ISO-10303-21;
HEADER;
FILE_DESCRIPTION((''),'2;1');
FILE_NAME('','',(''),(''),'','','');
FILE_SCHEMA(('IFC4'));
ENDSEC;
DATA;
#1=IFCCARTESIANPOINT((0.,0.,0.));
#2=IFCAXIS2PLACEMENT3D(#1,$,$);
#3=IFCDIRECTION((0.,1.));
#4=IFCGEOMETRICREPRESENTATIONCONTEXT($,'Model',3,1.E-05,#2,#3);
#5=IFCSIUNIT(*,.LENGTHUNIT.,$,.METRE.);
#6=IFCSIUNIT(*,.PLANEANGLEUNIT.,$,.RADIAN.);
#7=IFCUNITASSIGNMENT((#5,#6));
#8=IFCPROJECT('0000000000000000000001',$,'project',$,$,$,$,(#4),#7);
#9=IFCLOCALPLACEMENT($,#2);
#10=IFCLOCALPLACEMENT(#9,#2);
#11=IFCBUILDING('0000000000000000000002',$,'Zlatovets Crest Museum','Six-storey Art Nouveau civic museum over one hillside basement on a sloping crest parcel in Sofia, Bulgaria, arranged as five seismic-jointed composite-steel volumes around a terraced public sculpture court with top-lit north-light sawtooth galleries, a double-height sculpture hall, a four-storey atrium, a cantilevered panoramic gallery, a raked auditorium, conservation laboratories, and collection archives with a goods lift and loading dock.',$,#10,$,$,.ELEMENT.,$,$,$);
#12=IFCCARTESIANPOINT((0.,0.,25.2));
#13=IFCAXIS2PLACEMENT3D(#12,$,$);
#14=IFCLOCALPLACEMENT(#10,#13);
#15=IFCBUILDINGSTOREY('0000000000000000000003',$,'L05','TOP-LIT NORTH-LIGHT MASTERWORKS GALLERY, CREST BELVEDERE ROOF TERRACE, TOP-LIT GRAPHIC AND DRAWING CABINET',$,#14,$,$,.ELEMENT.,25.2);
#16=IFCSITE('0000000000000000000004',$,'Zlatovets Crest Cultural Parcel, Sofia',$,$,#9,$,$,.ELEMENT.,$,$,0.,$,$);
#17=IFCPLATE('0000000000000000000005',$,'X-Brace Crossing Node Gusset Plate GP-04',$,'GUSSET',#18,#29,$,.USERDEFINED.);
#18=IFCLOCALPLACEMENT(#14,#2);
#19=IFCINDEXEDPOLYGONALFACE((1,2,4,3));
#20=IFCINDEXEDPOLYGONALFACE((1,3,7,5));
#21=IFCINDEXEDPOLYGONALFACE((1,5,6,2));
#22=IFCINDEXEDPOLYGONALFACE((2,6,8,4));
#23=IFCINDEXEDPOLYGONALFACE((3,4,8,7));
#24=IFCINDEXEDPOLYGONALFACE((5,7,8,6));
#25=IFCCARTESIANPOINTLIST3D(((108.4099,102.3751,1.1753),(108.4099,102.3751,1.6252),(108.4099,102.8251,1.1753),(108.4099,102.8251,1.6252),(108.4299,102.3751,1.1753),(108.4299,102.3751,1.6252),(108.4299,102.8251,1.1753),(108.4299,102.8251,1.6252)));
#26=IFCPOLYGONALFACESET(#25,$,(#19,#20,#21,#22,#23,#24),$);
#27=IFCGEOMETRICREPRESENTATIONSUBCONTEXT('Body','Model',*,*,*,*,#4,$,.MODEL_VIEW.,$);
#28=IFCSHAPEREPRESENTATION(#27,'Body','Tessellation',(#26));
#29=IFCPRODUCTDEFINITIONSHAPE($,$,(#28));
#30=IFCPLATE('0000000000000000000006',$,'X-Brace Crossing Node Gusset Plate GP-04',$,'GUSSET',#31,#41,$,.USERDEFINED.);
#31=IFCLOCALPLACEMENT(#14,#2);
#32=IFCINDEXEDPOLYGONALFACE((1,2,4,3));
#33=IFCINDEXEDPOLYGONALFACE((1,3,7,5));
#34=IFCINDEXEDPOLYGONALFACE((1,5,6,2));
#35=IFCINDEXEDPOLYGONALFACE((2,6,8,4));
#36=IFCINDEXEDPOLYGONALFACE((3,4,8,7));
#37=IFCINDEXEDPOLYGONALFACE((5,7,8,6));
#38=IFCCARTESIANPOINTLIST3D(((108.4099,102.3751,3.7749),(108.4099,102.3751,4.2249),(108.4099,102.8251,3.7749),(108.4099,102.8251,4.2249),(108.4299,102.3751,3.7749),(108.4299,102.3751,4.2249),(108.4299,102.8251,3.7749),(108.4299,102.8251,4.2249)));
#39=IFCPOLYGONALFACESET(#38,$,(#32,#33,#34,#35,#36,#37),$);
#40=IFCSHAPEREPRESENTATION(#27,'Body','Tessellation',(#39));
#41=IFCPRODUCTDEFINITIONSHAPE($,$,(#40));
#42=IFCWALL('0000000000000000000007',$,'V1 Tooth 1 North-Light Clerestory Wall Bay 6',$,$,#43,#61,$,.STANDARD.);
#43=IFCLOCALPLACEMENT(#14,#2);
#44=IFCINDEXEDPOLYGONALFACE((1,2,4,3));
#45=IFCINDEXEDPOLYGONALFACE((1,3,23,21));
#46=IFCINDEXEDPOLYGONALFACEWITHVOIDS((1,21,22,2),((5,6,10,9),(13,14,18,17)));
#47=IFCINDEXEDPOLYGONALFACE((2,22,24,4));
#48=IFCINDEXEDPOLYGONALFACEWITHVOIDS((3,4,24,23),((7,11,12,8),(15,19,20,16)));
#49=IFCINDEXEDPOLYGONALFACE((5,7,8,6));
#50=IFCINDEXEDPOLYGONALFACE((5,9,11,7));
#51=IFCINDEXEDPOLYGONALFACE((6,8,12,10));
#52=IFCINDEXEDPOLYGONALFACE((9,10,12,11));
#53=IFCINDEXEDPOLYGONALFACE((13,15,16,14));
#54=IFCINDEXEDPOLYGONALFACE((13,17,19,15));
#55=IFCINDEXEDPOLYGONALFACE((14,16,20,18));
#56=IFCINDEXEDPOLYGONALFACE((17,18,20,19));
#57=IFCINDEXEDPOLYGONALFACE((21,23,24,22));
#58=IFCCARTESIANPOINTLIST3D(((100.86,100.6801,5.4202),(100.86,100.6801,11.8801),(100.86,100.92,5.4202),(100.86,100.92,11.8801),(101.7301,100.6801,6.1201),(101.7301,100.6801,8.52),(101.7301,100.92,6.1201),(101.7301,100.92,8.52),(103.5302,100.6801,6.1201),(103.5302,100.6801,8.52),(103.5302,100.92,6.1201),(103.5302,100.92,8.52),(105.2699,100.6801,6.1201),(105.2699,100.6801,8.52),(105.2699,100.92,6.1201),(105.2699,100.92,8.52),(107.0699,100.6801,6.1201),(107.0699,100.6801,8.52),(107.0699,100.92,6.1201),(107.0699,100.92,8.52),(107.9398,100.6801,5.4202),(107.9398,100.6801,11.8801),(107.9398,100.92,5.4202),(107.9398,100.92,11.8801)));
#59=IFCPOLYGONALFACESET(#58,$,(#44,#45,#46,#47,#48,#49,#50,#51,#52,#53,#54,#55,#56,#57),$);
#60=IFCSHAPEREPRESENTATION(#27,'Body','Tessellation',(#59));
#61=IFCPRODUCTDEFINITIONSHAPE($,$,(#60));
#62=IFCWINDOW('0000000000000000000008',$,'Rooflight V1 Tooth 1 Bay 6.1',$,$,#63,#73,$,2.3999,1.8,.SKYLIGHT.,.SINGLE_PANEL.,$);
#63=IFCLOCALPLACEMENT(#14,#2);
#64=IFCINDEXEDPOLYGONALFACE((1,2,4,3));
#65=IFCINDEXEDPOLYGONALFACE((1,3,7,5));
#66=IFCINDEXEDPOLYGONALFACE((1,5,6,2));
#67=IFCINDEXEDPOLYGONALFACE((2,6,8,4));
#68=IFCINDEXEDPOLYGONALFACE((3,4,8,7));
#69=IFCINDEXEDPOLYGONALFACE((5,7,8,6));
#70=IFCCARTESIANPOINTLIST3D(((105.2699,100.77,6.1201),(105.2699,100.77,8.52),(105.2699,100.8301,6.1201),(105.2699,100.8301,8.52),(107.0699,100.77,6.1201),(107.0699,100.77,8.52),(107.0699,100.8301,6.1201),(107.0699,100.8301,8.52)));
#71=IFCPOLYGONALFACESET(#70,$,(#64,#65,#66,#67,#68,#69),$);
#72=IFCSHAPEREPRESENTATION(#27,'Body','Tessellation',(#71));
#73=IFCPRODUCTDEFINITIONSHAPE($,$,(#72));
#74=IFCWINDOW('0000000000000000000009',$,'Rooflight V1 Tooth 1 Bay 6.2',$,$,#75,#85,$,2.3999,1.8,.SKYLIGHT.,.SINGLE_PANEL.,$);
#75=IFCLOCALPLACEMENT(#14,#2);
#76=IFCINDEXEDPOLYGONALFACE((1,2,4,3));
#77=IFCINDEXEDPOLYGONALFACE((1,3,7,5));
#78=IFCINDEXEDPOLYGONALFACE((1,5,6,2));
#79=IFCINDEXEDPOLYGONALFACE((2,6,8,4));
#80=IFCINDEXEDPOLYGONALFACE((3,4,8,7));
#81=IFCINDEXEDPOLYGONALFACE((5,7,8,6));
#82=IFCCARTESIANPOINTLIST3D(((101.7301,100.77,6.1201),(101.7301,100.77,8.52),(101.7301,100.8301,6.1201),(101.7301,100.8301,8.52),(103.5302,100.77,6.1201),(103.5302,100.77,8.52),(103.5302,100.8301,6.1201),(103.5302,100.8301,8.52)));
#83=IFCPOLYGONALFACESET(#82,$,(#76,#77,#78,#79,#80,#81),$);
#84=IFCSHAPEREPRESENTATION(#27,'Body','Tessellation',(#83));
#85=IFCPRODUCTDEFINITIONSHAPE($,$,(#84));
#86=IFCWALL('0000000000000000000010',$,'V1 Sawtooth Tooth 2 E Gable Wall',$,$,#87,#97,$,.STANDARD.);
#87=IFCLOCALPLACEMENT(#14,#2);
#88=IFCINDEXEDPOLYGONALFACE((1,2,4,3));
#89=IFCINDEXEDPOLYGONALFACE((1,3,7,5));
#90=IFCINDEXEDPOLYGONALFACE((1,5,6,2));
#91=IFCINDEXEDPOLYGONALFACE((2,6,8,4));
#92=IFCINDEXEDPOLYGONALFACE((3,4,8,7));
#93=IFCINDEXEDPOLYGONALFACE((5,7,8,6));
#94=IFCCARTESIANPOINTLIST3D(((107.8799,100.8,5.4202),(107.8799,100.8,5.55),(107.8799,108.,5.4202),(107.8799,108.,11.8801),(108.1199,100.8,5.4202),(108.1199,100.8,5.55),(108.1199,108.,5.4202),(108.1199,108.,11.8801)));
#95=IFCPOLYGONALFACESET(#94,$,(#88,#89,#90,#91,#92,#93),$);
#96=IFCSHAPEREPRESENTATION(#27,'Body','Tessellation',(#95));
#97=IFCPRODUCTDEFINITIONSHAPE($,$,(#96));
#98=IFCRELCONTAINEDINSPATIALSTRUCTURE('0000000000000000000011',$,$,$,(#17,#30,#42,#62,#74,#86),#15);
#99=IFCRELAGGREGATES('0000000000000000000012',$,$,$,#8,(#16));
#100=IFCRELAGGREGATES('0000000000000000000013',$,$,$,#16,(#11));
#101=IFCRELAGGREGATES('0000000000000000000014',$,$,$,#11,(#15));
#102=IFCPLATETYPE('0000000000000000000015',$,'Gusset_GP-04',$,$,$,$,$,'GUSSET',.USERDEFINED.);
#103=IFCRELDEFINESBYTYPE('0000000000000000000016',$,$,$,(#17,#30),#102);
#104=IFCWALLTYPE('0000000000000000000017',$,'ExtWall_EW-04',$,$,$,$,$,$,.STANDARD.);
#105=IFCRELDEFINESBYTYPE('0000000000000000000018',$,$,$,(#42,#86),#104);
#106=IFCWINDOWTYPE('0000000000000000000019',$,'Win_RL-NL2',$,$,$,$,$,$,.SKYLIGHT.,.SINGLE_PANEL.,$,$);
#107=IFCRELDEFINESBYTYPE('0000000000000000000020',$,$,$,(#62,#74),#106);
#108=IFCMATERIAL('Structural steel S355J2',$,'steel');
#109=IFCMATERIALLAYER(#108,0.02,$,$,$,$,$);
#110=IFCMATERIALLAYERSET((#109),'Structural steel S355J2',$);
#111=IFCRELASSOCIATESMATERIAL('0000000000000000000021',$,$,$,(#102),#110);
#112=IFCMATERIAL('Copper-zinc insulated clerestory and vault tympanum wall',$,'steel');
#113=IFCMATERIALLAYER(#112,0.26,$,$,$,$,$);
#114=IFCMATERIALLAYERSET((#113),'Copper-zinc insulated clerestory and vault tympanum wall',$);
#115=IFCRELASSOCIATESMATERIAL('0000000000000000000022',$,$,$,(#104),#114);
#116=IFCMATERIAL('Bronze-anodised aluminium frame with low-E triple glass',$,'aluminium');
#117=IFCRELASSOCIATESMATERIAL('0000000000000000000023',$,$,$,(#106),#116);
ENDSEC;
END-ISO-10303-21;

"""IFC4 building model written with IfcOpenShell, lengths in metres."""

from ifc_helpers import new_model, si_unit, direction, frame, frame_2d, origin, origin_2d, place, context, subcontext, project, spatial, polyline, rectangle, outline, extrude, material, layer, layer_set, type_object, element, fill, save


model = new_model("IFC4")

# Units and contexts
model_context = context("Model", 3, precision=1e-05, world=origin(), true_north=direction((0.0, 1.0)))
body_context = subcontext(model_context, "Body", "Model", "MODEL_VIEW")
ifc_project = project(units=[si_unit("LENGTHUNIT", "METRE"), si_unit("PLANEANGLEUNIT", "RADIAN")], contexts=[model_context])

# Site, building, storey
site_placement = place(None, origin())
site = spatial("IfcSite", under=ifc_project, at=site_placement, Name="Zlatovets Crest Cultural Parcel, Sofia", CompositionType="ELEMENT", RefElevation=0.0)
building_placement = place(site_placement, origin())
building = spatial("IfcBuilding", under=site, at=building_placement, Name="Zlatovets Crest Museum", Description="Six-storey Art Nouveau civic museum over one hillside basement on a sloping crest parcel in Sofia, Bulgaria, arranged as five seismic-jointed composite-steel volumes around a terraced public sculpture court with top-lit north-light sawtooth galleries, a double-height sculpture hall, a four-storey atrium, a cantilevered panoramic gallery, a raked auditorium, conservation laboratories, and collection archives with a goods lift and loading dock.", CompositionType="ELEMENT")
storey_placement = place(building_placement, frame((0.0, 0.0, 25.2)))
storey = spatial("IfcBuildingStorey", under=building, at=storey_placement, Name="L05", Description="TOP-LIT NORTH-LIGHT MASTERWORKS GALLERY, CREST BELVEDERE ROOF TERRACE, TOP-LIT GRAPHIC AND DRAWING CABINET", CompositionType="ELEMENT", Elevation=25.2)

# Shared definitions
ifc_material_1 = material(Name="Structural steel S355J2", Category="steel")

# Plates
ifc_layer_1 = layer(ifc_material_1, 0.02)
ifc_layer_set_1 = layer_set([ifc_layer_1], Name="Structural steel S355J2")
plate_type_1 = type_object("IfcPlateType", Name="Gusset_GP-04", ElementType="GUSSET", PredefinedType="USERDEFINED", material=ifc_layer_set_1)
for number, where, z_axis, x_axis, name in (
    (1, (108.4199, 102.6001, 1.1753), (0.0, 0.0, 1.0), (1.0, 0.0, 0.0), "X-Brace Crossing Node Gusset Plate GP-04"),
    (2, (108.4199, 102.6001, 3.7749), (0.0, 0.0, 1.0), (1.0, 0.0, 0.0), "X-Brace Crossing Node Gusset Plate GP-04"),
):
    element("IfcPlate", number, at=place(storey_placement, frame(where, z_axis=z_axis, x_axis=x_axis)), inside=storey, type_object=plate_type_1, Name=name, ObjectType="GUSSET", PredefinedType="USERDEFINED", context=body_context, shape_type="SweptSolid", body=[
        extrude(rectangle(XDim=0.02, YDim=0.45, at=origin_2d()), origin(), (0.0, 0.0, 1.0), 0.45),
    ])

# Wall, openings, windows
ifc_material_2 = material(Name="Copper-zinc insulated clerestory and vault tympanum wall", Category="steel")
ifc_layer_2 = layer(ifc_material_2, 0.26)
ifc_layer_set_2 = layer_set([ifc_layer_2], Name="Copper-zinc insulated clerestory and vault tympanum wall")
wall_type = type_object("IfcWallType", Name="ExtWall_EW-04", PredefinedType="STANDARD", material=ifc_layer_set_2)
wall_1_placement = place(storey_placement, frame((107.9399, 100.8, 5.4202), z_axis=(0.0, 0.0, 1.0), x_axis=(-1.0, 0.0, 0.0)))
wall_1 = element("IfcWall", 3, at=wall_1_placement, inside=storey, type_object=wall_type, Name="V1 Tooth 1 North-Light Clerestory Wall Bay 6", PredefinedType="STANDARD", context=body_context, shape_type="SweptSolid", body=[
    extrude(rectangle(XDim=7.0798, YDim=0.24, at=frame_2d((3.54, 0.0))), origin(), (0.0, 0.0, 1.0), 6.46),
])
opening_1_placement = place(wall_1_placement, frame((0.8701, 0.0, 0.7)))
opening_1 = element("IfcOpeningElement", 4, at=opening_1_placement, cuts=wall_1, PredefinedType="OPENING", context=body_context, shape_type="SweptSolid", body=[
    extrude(rectangle(XDim=1.8, YDim=2.3999, at=frame_2d((0.8999, 1.2))), frame((0.0, 0.1299, 0.0), z_axis=(0.0, -1.0, 0.0), x_axis=(1.0, 0.0, 0.0)), (0.0, 0.0, 1.0), 0.26),
])
opening_2_placement = place(wall_1_placement, frame((4.4099, 0.0, 0.7)))
opening_2 = element("IfcOpeningElement", 5, at=opening_2_placement, cuts=wall_1, PredefinedType="OPENING", context=body_context, shape_type="SweptSolid", body=[
    extrude(rectangle(XDim=1.8, YDim=2.3999, at=frame_2d((0.8999, 1.2))), frame((0.0, 0.1299, 0.0), z_axis=(0.0, -1.0, 0.0), x_axis=(1.0, 0.0, 0.0)), (0.0, 0.0, 1.0), 0.26),
])
ifc_material_3 = material(Name="Bronze-anodised aluminium frame with low-E triple glass", Category="aluminium")
window_type = type_object("IfcWindowType", Name="Win_RL-NL2", PartitioningType="SINGLE_PANEL", PredefinedType="SKYLIGHT", material=ifc_material_3)
window_1_placement = place(opening_1_placement, origin())
window_1 = element("IfcWindow", 6, at=window_1_placement, inside=storey, type_object=window_type, Name="Rooflight V1 Tooth 1 Bay 6.1", OverallHeight=2.3999, OverallWidth=1.8, PartitioningType="SINGLE_PANEL", PredefinedType="SKYLIGHT", context=body_context, shape_type="SweptSolid", body=[
    extrude(rectangle(XDim=1.8, YDim=2.3999, at=frame_2d((0.8999, 1.2))), frame((0.0, 0.03, 0.0), z_axis=(0.0, -1.0, 0.0), x_axis=(1.0, 0.0, 0.0)), (0.0, 0.0, 1.0), 0.0601),
])
fill(opening_1, window_1)
window_2_placement = place(opening_2_placement, origin())
window_2 = element("IfcWindow", 7, at=window_2_placement, inside=storey, type_object=window_type, Name="Rooflight V1 Tooth 1 Bay 6.2", OverallHeight=2.3999, OverallWidth=1.8, PartitioningType="SINGLE_PANEL", PredefinedType="SKYLIGHT", context=body_context, shape_type="SweptSolid", body=[
    extrude(rectangle(XDim=1.8, YDim=2.3999, at=frame_2d((0.8999, 1.2))), frame((0.0, 0.03, 0.0), z_axis=(0.0, -1.0, 0.0), x_axis=(1.0, 0.0, 0.0)), (0.0, 0.0, 1.0), 0.0601),
])
fill(opening_2, window_2)

# Wall
wall_2_placement = place(storey_placement, frame((108.0, 100.8, 5.4202), z_axis=(0.0, 0.0, 1.0), x_axis=(0.0, 1.0, 0.0)))
element("IfcWall", 8, at=wall_2_placement, inside=storey, type_object=wall_type, Name="V1 Sawtooth Tooth 2 E Gable Wall", PredefinedType="STANDARD", context=body_context, shape_type="SweptSolid", body=[
    extrude(outline(polyline([(0.0, 0.0), (7.2, 0.0), (7.2, 6.46), (0.0, 0.1299), (0.0, 0.0)])), frame((0.0, 0.1201, 0.0), z_axis=(0.0, -1.0, 0.0), x_axis=(1.0, 0.0, 0.0)), (0.0, 0.0, 1.0), 0.24),
])

save(model, "model.ifc")
